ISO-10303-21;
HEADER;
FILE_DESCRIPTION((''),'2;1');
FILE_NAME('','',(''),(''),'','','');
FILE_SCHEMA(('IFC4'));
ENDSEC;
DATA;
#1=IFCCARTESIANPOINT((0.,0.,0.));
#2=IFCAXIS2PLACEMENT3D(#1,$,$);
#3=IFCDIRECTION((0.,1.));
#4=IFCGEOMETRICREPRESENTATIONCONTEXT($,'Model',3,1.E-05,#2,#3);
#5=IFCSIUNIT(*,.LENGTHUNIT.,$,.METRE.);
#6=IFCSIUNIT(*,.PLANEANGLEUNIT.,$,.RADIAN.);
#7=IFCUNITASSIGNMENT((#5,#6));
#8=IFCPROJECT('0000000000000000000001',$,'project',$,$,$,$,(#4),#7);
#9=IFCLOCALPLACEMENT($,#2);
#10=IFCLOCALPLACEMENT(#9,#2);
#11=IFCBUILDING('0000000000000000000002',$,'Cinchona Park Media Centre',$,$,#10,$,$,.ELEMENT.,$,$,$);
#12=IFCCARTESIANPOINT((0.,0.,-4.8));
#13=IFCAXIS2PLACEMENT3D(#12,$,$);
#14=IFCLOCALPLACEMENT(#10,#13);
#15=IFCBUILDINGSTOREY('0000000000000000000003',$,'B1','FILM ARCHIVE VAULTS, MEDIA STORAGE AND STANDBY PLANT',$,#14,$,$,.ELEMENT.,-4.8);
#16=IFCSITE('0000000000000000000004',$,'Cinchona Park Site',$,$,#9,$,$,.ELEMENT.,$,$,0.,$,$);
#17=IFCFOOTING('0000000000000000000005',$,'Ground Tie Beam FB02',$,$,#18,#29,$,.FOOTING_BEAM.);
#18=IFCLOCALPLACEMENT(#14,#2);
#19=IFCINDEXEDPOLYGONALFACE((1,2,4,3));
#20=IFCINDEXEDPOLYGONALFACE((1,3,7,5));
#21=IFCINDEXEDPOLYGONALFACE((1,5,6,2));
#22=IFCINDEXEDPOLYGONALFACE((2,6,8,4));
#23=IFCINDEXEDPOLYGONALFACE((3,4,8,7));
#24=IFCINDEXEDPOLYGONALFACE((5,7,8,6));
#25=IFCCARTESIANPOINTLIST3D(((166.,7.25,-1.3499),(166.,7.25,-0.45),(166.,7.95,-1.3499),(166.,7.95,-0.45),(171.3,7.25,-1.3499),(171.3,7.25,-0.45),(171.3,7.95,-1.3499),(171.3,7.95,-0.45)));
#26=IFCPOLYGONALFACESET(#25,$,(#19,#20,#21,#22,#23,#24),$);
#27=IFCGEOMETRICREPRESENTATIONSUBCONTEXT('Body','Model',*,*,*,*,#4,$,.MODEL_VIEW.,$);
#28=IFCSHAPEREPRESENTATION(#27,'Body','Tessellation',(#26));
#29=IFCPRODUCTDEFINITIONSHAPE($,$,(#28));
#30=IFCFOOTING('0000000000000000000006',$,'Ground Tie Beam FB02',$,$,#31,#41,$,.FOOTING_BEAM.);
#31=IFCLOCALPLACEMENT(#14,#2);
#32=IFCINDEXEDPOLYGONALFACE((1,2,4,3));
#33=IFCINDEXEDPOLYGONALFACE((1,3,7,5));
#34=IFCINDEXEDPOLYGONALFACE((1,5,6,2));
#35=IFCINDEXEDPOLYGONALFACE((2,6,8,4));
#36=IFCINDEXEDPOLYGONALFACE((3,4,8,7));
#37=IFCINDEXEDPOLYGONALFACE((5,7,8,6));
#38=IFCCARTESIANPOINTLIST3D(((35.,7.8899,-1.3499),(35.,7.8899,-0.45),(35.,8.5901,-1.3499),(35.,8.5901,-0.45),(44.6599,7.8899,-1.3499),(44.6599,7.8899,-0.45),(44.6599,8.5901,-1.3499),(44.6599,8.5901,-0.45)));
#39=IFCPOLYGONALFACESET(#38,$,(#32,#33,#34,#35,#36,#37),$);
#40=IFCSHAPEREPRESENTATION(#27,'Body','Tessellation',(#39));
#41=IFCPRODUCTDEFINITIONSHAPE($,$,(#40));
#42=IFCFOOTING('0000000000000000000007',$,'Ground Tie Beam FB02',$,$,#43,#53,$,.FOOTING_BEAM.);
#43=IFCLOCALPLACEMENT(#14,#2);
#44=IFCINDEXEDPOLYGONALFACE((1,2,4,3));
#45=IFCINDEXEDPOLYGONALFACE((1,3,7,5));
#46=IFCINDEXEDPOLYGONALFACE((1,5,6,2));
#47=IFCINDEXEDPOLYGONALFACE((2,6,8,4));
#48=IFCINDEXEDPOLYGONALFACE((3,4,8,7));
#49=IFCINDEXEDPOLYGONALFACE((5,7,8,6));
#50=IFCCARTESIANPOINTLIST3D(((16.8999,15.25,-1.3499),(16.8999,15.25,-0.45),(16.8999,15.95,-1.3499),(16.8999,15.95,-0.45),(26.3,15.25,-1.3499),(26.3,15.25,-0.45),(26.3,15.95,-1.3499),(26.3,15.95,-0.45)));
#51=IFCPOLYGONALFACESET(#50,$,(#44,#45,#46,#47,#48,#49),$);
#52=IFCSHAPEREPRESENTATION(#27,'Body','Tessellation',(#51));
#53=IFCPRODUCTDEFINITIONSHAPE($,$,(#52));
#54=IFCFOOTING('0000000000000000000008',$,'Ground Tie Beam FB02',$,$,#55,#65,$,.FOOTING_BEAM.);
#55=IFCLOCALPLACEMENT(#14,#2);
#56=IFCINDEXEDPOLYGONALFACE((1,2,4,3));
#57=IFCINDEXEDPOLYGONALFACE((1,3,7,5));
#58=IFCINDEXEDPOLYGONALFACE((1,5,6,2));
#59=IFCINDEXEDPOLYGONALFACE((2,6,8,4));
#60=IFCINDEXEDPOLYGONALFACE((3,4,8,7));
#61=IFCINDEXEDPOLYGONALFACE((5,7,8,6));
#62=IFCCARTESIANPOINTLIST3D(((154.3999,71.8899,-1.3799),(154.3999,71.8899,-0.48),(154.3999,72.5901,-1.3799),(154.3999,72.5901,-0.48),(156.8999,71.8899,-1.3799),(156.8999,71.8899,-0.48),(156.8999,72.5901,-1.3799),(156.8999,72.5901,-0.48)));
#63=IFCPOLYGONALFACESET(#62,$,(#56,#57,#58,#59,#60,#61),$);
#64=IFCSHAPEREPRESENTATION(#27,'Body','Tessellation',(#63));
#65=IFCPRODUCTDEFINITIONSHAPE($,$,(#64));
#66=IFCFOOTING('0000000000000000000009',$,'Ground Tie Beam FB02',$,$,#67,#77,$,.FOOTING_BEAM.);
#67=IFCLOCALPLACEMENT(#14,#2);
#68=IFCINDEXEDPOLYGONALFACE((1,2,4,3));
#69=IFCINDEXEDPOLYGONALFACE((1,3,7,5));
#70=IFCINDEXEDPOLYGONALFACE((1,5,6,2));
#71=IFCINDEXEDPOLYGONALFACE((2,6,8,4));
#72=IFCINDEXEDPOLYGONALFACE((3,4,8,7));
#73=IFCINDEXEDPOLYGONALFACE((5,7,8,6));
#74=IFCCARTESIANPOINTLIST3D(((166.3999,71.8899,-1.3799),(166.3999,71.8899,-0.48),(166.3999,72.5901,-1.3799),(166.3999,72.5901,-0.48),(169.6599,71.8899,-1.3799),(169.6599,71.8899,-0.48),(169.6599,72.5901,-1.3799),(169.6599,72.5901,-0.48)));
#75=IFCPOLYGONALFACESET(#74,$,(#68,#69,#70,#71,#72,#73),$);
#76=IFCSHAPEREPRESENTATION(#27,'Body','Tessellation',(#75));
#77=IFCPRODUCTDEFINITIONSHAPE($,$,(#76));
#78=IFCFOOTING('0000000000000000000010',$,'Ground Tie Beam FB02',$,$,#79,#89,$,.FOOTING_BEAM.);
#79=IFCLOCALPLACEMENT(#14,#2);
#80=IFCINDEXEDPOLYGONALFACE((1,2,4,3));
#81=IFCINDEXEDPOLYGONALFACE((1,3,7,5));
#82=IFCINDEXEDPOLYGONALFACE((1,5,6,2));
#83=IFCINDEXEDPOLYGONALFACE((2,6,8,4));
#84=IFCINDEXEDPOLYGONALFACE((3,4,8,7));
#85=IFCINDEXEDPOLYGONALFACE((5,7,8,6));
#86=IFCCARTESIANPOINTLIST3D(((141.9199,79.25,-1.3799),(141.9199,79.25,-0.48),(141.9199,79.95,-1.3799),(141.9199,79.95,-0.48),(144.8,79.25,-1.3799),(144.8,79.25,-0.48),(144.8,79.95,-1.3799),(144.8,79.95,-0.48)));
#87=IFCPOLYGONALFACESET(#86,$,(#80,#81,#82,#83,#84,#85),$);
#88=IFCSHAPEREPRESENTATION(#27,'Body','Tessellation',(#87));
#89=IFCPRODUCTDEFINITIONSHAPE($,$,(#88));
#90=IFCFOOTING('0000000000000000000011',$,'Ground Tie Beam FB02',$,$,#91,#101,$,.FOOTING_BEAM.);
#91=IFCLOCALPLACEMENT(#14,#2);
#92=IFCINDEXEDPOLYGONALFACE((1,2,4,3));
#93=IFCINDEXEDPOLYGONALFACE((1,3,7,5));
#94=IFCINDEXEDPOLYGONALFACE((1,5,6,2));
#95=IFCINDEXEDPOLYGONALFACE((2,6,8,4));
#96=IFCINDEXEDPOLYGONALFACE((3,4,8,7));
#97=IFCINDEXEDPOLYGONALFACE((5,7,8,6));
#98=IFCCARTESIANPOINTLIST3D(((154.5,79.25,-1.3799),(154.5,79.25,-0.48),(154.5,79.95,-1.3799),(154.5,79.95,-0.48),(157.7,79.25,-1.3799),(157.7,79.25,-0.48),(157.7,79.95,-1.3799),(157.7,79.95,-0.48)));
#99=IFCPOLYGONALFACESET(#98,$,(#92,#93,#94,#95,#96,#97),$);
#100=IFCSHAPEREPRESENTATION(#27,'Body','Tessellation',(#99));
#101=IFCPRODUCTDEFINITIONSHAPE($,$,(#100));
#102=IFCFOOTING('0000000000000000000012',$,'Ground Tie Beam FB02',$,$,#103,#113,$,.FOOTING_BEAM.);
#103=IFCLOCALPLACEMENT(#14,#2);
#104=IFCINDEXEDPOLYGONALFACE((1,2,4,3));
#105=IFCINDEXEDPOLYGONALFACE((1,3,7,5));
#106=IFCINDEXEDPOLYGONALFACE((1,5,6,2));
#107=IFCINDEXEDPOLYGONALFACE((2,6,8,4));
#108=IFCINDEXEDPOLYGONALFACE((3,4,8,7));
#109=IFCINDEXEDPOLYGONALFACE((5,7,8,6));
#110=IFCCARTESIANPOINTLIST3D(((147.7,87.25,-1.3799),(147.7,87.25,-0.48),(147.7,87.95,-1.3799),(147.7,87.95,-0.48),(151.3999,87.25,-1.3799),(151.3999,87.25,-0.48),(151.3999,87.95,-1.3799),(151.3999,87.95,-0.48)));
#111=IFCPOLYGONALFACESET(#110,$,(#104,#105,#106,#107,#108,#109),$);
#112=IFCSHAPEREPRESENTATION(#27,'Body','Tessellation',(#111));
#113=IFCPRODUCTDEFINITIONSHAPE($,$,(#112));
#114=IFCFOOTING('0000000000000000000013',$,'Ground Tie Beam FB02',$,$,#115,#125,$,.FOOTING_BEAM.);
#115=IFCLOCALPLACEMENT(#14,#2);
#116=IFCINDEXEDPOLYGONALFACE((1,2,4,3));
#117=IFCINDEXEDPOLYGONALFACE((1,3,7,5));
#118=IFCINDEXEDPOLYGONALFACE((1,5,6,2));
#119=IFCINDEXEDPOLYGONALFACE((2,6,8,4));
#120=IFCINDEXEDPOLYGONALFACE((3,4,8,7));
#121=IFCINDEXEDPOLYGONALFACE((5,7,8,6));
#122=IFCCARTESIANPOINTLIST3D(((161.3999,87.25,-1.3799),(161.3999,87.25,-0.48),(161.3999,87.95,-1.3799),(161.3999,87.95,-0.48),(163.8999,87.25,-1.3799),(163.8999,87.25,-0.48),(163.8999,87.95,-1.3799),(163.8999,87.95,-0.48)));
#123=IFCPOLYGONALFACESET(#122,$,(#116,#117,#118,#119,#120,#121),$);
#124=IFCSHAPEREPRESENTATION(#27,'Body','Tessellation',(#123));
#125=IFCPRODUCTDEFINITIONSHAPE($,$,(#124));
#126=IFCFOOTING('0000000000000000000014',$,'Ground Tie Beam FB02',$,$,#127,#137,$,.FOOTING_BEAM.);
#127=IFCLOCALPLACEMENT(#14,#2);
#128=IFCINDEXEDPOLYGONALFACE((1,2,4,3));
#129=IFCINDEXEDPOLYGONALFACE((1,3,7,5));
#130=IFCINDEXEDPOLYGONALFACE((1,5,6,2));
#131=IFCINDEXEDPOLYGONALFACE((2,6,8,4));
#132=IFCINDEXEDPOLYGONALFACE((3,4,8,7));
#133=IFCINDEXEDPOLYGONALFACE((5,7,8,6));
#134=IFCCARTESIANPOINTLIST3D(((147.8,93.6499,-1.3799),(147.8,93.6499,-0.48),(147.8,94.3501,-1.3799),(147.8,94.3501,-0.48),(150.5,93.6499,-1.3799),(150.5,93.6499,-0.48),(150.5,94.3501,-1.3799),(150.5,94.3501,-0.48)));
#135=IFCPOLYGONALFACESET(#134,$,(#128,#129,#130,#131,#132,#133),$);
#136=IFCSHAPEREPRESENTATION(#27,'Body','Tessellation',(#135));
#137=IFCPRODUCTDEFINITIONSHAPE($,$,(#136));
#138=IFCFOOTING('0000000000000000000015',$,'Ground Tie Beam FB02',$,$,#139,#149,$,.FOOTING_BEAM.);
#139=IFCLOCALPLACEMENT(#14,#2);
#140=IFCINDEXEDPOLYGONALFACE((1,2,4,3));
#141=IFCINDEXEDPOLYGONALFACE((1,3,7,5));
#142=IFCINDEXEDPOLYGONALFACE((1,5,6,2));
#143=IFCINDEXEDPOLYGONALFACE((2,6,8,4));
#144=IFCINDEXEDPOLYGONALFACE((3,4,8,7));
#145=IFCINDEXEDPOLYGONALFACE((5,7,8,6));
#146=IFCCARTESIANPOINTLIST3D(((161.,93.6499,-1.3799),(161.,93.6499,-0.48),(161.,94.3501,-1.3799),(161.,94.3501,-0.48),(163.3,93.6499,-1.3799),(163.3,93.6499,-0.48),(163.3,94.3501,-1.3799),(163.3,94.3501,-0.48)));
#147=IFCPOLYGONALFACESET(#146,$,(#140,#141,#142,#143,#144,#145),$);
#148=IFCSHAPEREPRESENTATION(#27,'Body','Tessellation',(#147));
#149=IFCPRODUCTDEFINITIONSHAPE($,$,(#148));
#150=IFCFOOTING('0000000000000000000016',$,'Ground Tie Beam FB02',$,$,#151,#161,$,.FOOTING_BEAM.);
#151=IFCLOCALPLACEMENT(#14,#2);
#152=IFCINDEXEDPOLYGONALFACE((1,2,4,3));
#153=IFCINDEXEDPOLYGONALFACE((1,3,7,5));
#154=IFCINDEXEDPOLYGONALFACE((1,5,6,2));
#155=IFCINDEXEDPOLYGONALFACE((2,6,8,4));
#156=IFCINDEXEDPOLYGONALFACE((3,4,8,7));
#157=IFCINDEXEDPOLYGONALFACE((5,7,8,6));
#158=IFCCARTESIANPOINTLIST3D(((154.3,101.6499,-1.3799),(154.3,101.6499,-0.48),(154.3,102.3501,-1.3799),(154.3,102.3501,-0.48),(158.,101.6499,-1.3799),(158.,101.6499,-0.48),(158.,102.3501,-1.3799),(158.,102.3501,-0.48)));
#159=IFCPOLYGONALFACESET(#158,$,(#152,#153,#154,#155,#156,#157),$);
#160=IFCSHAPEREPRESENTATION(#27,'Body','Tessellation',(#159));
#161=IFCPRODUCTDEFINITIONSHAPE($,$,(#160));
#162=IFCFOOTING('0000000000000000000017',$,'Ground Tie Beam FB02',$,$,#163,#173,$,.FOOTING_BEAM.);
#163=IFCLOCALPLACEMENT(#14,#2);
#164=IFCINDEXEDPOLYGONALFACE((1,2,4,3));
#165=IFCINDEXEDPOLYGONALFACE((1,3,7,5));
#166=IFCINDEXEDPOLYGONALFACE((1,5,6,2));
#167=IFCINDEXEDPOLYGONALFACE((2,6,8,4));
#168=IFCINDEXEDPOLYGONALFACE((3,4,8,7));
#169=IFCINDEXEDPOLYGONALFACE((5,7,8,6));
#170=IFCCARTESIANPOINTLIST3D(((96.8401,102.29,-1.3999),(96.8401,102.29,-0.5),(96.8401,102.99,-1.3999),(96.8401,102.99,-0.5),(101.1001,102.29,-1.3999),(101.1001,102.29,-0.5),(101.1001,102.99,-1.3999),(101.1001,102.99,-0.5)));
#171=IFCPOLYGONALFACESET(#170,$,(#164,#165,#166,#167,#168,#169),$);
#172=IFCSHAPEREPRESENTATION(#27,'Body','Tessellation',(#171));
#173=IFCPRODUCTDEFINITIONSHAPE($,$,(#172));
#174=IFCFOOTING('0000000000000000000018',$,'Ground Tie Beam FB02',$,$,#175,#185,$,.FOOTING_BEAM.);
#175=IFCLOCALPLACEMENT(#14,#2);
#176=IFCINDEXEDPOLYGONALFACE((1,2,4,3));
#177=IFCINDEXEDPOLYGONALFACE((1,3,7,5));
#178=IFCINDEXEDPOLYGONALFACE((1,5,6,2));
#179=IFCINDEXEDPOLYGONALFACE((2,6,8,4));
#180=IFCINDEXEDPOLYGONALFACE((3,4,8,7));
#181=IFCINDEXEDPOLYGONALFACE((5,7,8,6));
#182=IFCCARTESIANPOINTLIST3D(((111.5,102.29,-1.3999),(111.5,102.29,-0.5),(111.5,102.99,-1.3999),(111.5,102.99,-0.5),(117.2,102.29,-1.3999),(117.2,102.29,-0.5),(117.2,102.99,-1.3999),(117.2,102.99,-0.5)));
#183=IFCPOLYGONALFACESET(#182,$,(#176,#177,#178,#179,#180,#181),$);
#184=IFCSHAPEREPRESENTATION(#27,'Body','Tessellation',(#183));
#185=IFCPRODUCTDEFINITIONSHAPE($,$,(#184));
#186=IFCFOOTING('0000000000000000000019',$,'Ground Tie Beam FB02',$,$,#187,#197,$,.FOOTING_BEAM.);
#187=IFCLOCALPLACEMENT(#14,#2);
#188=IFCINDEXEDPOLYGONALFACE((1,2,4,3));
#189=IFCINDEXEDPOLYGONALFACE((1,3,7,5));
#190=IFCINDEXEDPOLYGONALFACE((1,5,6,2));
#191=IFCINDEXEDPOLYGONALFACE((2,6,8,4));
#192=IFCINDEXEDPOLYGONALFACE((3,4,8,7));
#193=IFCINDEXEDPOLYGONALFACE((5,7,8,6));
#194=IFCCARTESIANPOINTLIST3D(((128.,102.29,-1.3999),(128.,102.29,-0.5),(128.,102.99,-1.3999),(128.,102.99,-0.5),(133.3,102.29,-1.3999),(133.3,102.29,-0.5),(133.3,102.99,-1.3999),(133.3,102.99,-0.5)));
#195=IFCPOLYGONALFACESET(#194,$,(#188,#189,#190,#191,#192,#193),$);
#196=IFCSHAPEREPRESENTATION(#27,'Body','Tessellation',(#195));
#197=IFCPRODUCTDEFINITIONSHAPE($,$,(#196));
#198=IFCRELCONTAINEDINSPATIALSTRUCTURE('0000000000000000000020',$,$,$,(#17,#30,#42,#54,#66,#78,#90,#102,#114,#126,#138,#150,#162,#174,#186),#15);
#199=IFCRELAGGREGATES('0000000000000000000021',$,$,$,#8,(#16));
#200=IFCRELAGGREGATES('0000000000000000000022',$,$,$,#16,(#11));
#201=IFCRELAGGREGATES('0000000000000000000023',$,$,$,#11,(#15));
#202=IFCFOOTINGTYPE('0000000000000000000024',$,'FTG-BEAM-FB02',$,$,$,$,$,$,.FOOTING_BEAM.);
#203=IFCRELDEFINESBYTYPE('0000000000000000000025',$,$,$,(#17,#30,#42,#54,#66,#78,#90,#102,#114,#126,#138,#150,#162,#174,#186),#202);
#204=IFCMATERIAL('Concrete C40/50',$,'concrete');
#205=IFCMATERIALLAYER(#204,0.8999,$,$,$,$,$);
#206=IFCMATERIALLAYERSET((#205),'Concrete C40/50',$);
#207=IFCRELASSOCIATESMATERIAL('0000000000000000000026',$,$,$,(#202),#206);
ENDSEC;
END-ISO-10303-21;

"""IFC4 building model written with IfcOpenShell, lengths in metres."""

from ifc_helpers import new_model, si_unit, direction, frame, origin, place, context, subcontext, project, spatial, polyline, outline, extrude, material, layer, layer_set, type_object, element, save


model = new_model("IFC4")

# Units and contexts
model_context = context("Model", 3, precision=1e-05, world=origin(), true_north=direction((0.0, 1.0)))
body_context = subcontext(model_context, "Body", "Model", "MODEL_VIEW")
ifc_project = project(units=[si_unit("LENGTHUNIT", "METRE"), si_unit("PLANEANGLEUNIT", "RADIAN")], contexts=[model_context])

# Site, building, storey
site_placement = place(None, origin())
site = spatial("IfcSite", under=ifc_project, at=site_placement, Name="Cinchona Park Site", CompositionType="ELEMENT", RefElevation=0.0)
building_placement = place(site_placement, origin())
building = spatial("IfcBuilding", under=site, at=building_placement, Name="Cinchona Park Media Centre", CompositionType="ELEMENT")
storey_placement = place(building_placement, frame((0.0, 0.0, -4.8)))
storey = spatial("IfcBuildingStorey", under=building, at=storey_placement, Name="B1", Description="FILM ARCHIVE VAULTS, MEDIA STORAGE AND STANDBY PLANT", CompositionType="ELEMENT", Elevation=-4.8)

# Footings
ifc_material = material(Name="Concrete C40/50", Category="concrete")
ifc_layer = layer(ifc_material, 0.8999)
ifc_layer_set = layer_set([ifc_layer], Name="Concrete C40/50")
footing_type = type_object("IfcFootingType", Name="FTG-BEAM-FB02", PredefinedType="FOOTING_BEAM", material=ifc_layer_set)
footing_1_placement = place(storey_placement, frame((0.0, 0.0, -1.3499)))
element("IfcFooting", 1, at=footing_1_placement, inside=storey, type_object=footing_type, Name="Ground Tie Beam FB02", PredefinedType="FOOTING_BEAM", context=body_context, shape_type="SweptSolid", body=[
    extrude(outline(polyline([(166.0, 7.25), (171.3, 7.25), (171.3, 7.95), (166.0, 7.95), (166.0, 7.25)])), origin(), (0.0, 0.0, 1.0), 0.8999),
])
footing_2_placement = place(storey_placement, frame((0.0, 0.0, -1.3499)))
element("IfcFooting", 2, at=footing_2_placement, inside=storey, type_object=footing_type, Name="Ground Tie Beam FB02", PredefinedType="FOOTING_BEAM", context=body_context, shape_type="SweptSolid", body=[
    extrude(outline(polyline([(35.0, 7.8899), (44.6599, 7.8899), (44.6599, 8.5901), (35.0, 8.5901), (35.0, 7.8899)])), origin(), (0.0, 0.0, 1.0), 0.8999),
])
footing_3_placement = place(storey_placement, frame((0.0, 0.0, -1.3499)))
element("IfcFooting", 3, at=footing_3_placement, inside=storey, type_object=footing_type, Name="Ground Tie Beam FB02", PredefinedType="FOOTING_BEAM", context=body_context, shape_type="SweptSolid", body=[
    extrude(outline(polyline([(16.8999, 15.25), (26.3, 15.25), (26.3, 15.95), (16.8999, 15.95), (16.8999, 15.25)])), origin(), (0.0, 0.0, 1.0), 0.8999),
])
footing_4_placement = place(storey_placement, frame((0.0, 0.0, -1.3799)))
element("IfcFooting", 4, at=footing_4_placement, inside=storey, type_object=footing_type, Name="Ground Tie Beam FB02", PredefinedType="FOOTING_BEAM", context=body_context, shape_type="SweptSolid", body=[
    extrude(outline(polyline([(154.3999, 71.8899), (156.8999, 71.8899), (156.8999, 72.5901), (154.3999, 72.5901), (154.3999, 71.8899)])), origin(), (0.0, 0.0, 1.0), 0.8999),
])
footing_5_placement = place(storey_placement, frame((0.0, 0.0, -1.3799)))
element("IfcFooting", 5, at=footing_5_placement, inside=storey, type_object=footing_type, Name="Ground Tie Beam FB02", PredefinedType="FOOTING_BEAM", context=body_context, shape_type="SweptSolid", body=[
    extrude(outline(polyline([(166.3999, 71.8899), (169.6599, 71.8899), (169.6599, 72.5901), (166.3999, 72.5901), (166.3999, 71.8899)])), origin(), (0.0, 0.0, 1.0), 0.8999),
])
footing_6_placement = place(storey_placement, frame((0.0, 0.0, -1.3799)))
element("IfcFooting", 6, at=footing_6_placement, inside=storey, type_object=footing_type, Name="Ground Tie Beam FB02", PredefinedType="FOOTING_BEAM", context=body_context, shape_type="SweptSolid", body=[
    extrude(outline(polyline([(141.9199, 79.25), (144.8, 79.25), (144.8, 79.95), (141.9199, 79.95), (141.9199, 79.25)])), origin(), (0.0, 0.0, 1.0), 0.8999),
])
footing_7_placement = place(storey_placement, frame((0.0, 0.0, -1.3799)))
element("IfcFooting", 7, at=footing_7_placement, inside=storey, type_object=footing_type, Name="Ground Tie Beam FB02", PredefinedType="FOOTING_BEAM", context=body_context, shape_type="SweptSolid", body=[
    extrude(outline(polyline([(154.5, 79.25), (157.7, 79.25), (157.7, 79.95), (154.5, 79.95), (154.5, 79.25)])), origin(), (0.0, 0.0, 1.0), 0.8999),
])
footing_8_placement = place(storey_placement, frame((0.0, 0.0, -1.3799)))
element("IfcFooting", 8, at=footing_8_placement, inside=storey, type_object=footing_type, Name="Ground Tie Beam FB02", PredefinedType="FOOTING_BEAM", context=body_context, shape_type="SweptSolid", body=[
    extrude(outline(polyline([(147.7, 87.25), (151.3999, 87.25), (151.3999, 87.95), (147.7, 87.95), (147.7, 87.25)])), origin(), (0.0, 0.0, 1.0), 0.8999),
])
footing_9_placement = place(storey_placement, frame((0.0, 0.0, -1.3799)))
element("IfcFooting", 9, at=footing_9_placement, inside=storey, type_object=footing_type, Name="Ground Tie Beam FB02", PredefinedType="FOOTING_BEAM", context=body_context, shape_type="SweptSolid", body=[
    extrude(outline(polyline([(161.3999, 87.25), (163.8999, 87.25), (163.8999, 87.95), (161.3999, 87.95), (161.3999, 87.25)])), origin(), (0.0, 0.0, 1.0), 0.8999),
])
footing_10_placement = place(storey_placement, frame((0.0, 0.0, -1.3799)))
element("IfcFooting", 10, at=footing_10_placement, inside=storey, type_object=footing_type, Name="Ground Tie Beam FB02", PredefinedType="FOOTING_BEAM", context=body_context, shape_type="SweptSolid", body=[
    extrude(outline(polyline([(147.8, 93.6499), (150.5, 93.6499), (150.5, 94.3501), (147.8, 94.3501), (147.8, 93.6499)])), origin(), (0.0, 0.0, 1.0), 0.8999),
])
footing_11_placement = place(storey_placement, frame((0.0, 0.0, -1.3799)))
element("IfcFooting", 11, at=footing_11_placement, inside=storey, type_object=footing_type, Name="Ground Tie Beam FB02", PredefinedType="FOOTING_BEAM", context=body_context, shape_type="SweptSolid", body=[
    extrude(outline(polyline([(161.0, 93.6499), (163.3, 93.6499), (163.3, 94.3501), (161.0, 94.3501), (161.0, 93.6499)])), origin(), (0.0, 0.0, 1.0), 0.8999),
])
footing_12_placement = place(storey_placement, frame((0.0, 0.0, -1.3799)))
element("IfcFooting", 12, at=footing_12_placement, inside=storey, type_object=footing_type, Name="Ground Tie Beam FB02", PredefinedType="FOOTING_BEAM", context=body_context, shape_type="SweptSolid", body=[
    extrude(outline(polyline([(154.3, 101.6499), (158.0, 101.6499), (158.0, 102.3501), (154.3, 102.3501), (154.3, 101.6499)])), origin(), (0.0, 0.0, 1.0), 0.8999),
])
footing_13_placement = place(storey_placement, frame((0.0, 0.0, -1.3999)))
element("IfcFooting", 13, at=footing_13_placement, inside=storey, type_object=footing_type, Name="Ground Tie Beam FB02", PredefinedType="FOOTING_BEAM", context=body_context, shape_type="SweptSolid", body=[
    extrude(outline(polyline([(96.8401, 102.29), (101.1001, 102.29), (101.1001, 102.99), (96.8401, 102.99), (96.8401, 102.29)])), origin(), (0.0, 0.0, 1.0), 0.8999),
])
footing_14_placement = place(storey_placement, frame((0.0, 0.0, -1.3999)))
element("IfcFooting", 14, at=footing_14_placement, inside=storey, type_object=footing_type, Name="Ground Tie Beam FB02", PredefinedType="FOOTING_BEAM", context=body_context, shape_type="SweptSolid", body=[
    extrude(outline(polyline([(111.5, 102.29), (117.2, 102.29), (117.2, 102.99), (111.5, 102.99), (111.5, 102.29)])), origin(), (0.0, 0.0, 1.0), 0.8999),
])
footing_15_placement = place(storey_placement, frame((0.0, 0.0, -1.3999)))
element("IfcFooting", 15, at=footing_15_placement, inside=storey, type_object=footing_type, Name="Ground Tie Beam FB02", PredefinedType="FOOTING_BEAM", context=body_context, shape_type="SweptSolid", body=[
    extrude(outline(polyline([(128.0, 102.29), (133.3, 102.29), (133.3, 102.99), (128.0, 102.99), (128.0, 102.29)])), origin(), (0.0, 0.0, 1.0), 0.8999),
])

save(model, "model.ifc")
